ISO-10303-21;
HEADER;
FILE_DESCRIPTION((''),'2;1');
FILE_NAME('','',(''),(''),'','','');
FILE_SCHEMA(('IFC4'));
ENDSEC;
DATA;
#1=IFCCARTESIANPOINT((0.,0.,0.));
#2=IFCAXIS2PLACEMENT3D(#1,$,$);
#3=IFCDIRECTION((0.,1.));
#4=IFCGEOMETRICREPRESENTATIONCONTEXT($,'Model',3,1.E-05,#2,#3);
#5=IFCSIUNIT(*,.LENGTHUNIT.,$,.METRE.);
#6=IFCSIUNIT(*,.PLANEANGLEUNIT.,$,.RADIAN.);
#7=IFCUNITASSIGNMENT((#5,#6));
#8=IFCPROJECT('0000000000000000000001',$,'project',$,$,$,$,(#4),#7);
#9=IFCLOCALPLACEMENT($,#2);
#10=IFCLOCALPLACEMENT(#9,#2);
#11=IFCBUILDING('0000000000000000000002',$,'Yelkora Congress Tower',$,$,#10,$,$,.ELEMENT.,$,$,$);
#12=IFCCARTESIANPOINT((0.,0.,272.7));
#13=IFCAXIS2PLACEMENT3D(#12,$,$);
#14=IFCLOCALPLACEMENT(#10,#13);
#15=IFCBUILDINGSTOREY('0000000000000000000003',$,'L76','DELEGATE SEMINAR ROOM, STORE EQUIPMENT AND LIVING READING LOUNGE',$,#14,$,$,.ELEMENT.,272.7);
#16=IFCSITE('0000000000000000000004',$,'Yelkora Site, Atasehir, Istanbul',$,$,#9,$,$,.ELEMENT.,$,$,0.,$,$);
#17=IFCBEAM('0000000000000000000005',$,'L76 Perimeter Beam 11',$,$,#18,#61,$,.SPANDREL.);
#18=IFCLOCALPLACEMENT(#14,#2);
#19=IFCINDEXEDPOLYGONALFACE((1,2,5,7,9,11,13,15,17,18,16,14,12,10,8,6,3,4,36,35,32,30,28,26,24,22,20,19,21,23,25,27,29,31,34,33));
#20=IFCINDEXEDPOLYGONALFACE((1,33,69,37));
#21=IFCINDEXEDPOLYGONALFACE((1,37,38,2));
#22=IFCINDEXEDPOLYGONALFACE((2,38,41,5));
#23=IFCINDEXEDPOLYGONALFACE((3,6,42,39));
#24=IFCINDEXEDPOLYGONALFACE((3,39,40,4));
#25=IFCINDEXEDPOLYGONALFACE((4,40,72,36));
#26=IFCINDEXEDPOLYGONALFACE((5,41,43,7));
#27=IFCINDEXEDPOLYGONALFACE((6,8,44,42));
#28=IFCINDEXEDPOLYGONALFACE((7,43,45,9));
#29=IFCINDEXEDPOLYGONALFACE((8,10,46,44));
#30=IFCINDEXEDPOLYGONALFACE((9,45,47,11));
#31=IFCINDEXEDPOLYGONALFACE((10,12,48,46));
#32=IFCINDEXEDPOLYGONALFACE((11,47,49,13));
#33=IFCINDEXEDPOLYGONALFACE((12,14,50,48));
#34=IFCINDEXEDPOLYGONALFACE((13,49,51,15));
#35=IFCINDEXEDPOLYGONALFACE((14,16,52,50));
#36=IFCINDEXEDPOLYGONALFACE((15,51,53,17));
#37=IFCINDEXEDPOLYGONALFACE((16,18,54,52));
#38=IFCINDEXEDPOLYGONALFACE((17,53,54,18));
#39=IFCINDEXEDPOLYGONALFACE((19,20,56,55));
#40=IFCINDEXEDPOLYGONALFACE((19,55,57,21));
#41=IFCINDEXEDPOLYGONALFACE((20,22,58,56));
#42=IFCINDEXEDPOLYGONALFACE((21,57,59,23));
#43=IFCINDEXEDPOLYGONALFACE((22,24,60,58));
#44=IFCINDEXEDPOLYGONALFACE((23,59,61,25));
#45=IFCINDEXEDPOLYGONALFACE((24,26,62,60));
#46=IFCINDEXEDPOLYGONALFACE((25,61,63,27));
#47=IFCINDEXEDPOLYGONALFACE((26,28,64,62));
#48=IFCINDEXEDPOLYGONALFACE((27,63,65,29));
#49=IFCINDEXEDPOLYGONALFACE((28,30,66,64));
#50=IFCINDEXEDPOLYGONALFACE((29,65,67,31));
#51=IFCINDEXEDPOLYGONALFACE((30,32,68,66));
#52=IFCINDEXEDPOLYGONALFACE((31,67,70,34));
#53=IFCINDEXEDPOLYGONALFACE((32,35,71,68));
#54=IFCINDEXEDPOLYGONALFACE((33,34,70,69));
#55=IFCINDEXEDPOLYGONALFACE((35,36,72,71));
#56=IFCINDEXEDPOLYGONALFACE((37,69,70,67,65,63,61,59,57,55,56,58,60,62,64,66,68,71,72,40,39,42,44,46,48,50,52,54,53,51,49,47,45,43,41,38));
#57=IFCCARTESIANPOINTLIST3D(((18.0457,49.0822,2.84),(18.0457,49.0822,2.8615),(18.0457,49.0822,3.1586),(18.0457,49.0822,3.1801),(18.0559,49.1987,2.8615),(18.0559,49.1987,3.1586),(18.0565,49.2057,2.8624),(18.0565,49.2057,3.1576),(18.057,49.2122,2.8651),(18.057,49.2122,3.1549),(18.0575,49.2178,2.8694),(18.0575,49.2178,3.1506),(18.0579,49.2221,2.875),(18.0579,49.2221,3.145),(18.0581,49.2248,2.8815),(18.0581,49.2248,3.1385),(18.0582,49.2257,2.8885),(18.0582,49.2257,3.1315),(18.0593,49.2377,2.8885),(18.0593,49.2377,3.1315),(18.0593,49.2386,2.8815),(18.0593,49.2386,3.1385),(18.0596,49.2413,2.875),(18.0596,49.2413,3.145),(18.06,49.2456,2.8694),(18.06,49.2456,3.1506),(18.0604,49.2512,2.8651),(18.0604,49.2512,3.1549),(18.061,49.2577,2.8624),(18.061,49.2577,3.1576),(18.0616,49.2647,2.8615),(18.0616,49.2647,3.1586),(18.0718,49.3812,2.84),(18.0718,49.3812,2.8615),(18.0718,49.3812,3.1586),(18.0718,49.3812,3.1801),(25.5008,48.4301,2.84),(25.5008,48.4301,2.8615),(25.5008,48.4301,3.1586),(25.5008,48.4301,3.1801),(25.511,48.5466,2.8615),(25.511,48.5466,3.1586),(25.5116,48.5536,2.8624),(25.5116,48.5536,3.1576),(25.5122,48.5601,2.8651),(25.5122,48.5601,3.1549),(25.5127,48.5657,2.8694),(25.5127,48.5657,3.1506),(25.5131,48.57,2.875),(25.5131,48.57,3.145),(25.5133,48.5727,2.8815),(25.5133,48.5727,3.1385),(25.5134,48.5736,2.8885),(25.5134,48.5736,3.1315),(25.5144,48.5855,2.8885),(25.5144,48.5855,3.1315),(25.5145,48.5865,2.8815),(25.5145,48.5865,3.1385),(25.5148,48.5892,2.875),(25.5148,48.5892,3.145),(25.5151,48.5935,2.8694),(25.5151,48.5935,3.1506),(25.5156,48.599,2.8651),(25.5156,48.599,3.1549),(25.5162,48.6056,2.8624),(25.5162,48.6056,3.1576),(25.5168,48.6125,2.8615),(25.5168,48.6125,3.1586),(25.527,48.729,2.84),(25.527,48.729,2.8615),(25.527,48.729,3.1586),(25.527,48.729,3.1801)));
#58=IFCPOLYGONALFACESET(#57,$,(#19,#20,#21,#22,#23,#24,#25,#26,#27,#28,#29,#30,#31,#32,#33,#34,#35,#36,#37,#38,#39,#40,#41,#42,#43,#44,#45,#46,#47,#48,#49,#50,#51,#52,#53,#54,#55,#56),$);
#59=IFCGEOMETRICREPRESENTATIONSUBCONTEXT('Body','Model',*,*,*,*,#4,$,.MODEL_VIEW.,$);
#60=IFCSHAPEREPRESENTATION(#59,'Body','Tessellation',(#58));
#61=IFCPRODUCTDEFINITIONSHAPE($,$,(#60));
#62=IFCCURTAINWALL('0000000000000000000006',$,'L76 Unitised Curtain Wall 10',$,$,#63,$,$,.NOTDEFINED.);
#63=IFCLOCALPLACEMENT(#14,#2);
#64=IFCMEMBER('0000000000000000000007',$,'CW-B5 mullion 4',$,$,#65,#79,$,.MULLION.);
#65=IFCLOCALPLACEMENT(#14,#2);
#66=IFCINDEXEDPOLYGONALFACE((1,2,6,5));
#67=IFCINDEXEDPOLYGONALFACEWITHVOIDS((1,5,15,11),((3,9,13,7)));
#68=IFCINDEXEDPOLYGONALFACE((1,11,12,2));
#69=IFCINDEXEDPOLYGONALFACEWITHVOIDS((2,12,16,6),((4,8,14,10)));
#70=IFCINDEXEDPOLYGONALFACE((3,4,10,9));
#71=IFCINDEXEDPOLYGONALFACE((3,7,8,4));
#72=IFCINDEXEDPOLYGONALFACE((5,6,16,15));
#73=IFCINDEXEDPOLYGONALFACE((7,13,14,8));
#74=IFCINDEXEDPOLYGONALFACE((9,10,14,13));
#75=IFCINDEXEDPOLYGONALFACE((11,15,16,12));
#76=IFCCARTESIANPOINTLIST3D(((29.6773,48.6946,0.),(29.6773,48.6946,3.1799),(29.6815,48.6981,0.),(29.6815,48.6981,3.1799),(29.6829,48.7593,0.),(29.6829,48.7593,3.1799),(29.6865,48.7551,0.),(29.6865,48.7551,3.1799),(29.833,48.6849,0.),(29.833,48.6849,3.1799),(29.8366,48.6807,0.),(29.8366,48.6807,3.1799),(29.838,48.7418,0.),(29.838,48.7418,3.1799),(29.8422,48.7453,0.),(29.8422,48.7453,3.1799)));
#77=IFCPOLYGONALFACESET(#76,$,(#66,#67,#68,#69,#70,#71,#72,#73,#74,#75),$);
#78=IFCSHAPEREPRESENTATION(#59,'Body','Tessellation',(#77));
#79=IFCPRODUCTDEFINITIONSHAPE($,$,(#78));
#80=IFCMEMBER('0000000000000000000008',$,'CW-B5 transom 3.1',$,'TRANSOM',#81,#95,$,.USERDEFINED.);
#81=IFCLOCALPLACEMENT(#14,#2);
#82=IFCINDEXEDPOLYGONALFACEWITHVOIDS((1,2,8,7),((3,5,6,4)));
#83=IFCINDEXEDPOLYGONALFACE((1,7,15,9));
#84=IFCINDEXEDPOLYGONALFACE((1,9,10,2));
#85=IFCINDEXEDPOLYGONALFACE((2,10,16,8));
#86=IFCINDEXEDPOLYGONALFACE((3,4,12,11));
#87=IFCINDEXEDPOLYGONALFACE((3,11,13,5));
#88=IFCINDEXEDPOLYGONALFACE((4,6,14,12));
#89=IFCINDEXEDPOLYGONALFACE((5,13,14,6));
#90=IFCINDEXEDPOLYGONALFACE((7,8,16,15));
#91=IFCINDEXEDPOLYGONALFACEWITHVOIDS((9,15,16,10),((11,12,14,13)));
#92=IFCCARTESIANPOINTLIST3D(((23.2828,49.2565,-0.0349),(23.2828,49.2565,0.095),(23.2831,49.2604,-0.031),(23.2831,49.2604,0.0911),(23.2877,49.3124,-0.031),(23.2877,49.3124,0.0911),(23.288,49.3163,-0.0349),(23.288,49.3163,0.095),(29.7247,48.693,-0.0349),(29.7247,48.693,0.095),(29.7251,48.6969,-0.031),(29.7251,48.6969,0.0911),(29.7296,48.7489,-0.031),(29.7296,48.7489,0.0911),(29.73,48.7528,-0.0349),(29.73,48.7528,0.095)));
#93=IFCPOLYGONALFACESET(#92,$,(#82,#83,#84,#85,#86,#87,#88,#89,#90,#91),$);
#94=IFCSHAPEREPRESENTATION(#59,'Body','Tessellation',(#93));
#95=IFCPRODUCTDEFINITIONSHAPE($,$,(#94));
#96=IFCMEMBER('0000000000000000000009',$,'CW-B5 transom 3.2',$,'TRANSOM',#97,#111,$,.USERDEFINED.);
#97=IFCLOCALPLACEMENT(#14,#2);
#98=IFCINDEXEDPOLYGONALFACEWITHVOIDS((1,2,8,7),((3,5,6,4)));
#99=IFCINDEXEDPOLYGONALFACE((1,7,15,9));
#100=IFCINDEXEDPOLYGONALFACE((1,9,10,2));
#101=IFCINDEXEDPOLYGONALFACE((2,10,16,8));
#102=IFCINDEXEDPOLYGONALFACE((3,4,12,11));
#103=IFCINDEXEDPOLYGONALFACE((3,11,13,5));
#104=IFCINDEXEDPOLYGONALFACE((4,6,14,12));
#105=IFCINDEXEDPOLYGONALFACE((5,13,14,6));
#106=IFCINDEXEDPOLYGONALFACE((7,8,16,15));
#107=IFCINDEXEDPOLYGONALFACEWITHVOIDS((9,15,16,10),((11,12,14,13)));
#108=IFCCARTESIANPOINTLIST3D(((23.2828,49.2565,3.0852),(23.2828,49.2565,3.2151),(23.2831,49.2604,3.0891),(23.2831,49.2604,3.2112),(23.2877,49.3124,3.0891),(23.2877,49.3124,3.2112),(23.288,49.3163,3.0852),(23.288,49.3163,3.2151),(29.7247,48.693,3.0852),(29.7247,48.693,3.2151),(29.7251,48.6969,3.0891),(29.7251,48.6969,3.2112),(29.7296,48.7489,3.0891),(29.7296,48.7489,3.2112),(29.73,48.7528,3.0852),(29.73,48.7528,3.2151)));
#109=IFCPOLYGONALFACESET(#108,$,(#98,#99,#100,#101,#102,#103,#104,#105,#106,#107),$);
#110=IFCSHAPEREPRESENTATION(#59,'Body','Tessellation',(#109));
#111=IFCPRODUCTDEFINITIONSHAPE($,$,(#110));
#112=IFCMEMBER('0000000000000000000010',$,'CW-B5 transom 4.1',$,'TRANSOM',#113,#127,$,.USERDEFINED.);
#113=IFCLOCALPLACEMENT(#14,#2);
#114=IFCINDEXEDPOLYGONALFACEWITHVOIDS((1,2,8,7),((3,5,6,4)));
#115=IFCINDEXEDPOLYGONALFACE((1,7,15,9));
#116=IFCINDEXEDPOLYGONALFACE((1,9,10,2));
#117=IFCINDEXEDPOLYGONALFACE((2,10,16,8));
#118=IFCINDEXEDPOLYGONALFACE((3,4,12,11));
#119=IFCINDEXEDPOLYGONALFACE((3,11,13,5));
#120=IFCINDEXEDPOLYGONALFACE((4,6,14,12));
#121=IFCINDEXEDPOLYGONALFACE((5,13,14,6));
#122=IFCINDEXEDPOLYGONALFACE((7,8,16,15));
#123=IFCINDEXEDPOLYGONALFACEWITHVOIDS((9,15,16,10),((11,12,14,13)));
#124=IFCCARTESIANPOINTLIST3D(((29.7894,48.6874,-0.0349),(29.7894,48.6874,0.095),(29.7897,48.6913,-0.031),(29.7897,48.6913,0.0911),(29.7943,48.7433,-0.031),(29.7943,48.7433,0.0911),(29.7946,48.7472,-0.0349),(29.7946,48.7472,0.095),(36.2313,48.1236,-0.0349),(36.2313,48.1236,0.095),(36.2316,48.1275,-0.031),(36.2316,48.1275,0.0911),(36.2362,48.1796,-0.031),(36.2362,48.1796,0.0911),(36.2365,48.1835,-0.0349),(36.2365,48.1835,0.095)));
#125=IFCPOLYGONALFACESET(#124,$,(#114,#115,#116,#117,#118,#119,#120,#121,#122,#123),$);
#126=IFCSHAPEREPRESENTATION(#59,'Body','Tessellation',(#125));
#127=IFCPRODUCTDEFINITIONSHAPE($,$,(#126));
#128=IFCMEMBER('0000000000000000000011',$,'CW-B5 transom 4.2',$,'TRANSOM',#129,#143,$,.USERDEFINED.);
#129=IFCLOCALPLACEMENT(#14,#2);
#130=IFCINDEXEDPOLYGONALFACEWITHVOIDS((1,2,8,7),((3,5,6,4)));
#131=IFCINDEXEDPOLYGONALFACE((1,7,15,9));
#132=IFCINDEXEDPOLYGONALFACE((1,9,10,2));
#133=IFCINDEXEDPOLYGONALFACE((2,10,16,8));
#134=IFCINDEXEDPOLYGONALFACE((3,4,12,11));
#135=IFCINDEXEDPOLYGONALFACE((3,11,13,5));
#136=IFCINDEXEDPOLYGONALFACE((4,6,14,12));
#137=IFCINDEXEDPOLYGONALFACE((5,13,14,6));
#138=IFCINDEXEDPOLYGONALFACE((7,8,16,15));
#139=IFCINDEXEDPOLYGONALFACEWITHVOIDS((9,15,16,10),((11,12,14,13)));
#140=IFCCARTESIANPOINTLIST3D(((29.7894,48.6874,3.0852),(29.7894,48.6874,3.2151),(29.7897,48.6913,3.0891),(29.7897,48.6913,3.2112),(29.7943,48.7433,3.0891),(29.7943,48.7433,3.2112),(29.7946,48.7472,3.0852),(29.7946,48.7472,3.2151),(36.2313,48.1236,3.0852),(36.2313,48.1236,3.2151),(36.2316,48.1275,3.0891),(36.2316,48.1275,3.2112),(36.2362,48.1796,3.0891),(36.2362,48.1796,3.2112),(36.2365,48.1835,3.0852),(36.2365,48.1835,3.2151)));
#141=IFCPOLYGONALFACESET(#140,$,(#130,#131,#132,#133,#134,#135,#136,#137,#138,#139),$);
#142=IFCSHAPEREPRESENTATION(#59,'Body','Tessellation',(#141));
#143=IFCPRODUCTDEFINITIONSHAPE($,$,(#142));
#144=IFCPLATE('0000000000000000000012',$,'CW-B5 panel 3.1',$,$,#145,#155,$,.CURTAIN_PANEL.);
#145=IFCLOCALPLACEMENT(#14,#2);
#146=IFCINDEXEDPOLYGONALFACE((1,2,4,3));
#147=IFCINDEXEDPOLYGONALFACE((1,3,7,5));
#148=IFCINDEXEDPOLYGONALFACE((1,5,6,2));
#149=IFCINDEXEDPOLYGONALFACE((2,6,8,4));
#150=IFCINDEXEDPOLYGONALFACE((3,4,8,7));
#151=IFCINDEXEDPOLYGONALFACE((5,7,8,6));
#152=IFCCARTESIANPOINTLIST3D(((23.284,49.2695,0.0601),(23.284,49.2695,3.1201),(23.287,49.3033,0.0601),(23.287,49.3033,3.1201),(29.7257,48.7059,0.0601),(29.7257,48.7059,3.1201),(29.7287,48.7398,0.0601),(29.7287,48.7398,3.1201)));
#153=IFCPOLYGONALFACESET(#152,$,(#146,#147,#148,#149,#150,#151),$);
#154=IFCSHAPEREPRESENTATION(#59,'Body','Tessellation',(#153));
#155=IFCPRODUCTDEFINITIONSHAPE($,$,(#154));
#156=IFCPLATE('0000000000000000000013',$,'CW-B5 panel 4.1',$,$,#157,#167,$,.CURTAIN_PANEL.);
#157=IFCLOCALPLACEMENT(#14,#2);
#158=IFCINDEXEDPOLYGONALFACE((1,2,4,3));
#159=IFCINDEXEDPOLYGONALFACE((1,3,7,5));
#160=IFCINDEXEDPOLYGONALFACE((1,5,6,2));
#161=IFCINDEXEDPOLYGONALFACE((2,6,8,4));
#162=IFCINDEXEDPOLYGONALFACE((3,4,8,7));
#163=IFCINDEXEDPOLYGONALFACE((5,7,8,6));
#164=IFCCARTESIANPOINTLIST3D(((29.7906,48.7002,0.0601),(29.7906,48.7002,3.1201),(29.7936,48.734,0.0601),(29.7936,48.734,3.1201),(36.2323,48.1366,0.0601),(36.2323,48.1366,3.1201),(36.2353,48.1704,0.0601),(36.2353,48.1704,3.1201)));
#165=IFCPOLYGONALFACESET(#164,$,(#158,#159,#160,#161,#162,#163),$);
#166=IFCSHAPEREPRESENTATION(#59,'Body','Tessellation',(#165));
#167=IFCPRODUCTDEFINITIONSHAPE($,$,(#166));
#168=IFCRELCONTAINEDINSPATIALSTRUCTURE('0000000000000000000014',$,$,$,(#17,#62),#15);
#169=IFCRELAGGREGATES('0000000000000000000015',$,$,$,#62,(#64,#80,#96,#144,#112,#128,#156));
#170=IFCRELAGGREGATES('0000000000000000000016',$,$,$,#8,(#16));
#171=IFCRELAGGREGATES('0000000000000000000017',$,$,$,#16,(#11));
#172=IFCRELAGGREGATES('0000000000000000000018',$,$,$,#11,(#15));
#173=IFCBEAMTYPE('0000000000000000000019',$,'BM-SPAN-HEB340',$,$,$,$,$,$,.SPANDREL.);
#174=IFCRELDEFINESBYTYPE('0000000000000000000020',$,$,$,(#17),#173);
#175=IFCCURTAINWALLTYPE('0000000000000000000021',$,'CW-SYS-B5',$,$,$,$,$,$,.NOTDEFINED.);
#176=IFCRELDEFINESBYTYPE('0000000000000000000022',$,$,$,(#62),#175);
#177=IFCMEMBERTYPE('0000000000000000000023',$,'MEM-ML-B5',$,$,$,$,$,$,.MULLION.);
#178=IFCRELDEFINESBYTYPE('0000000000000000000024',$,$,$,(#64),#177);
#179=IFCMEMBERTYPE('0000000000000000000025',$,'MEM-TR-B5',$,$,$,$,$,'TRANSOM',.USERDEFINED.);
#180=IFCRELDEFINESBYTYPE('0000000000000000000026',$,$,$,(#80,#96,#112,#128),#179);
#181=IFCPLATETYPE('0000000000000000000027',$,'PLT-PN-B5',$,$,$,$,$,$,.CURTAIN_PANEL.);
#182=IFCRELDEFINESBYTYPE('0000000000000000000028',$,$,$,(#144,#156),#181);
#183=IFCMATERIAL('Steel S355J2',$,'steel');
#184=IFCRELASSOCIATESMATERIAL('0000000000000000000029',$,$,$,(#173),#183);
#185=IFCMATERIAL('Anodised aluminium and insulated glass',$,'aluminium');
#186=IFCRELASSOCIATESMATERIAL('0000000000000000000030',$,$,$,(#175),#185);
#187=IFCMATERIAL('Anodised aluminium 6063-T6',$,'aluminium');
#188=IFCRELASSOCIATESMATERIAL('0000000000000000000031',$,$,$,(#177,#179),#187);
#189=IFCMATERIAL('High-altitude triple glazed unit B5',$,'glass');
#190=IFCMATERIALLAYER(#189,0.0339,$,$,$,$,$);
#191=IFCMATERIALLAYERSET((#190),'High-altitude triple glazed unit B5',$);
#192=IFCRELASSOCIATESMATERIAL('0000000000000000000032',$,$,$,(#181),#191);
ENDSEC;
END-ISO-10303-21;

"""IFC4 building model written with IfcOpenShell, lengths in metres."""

from ifc_helpers import new_model, si_unit, direction, frame, origin, origin_2d, place, context, subcontext, project, spatial, rectangle, hollow_rectangle, i_section, extrude, material, layer, layer_set, material_profile, profile_set, type_object, element, aggregate, save


model = new_model("IFC4")

# Units and contexts
model_context = context("Model", 3, precision=1e-05, world=origin(), true_north=direction((0.0, 1.0)))
body_context = subcontext(model_context, "Body", "Model", "MODEL_VIEW")
ifc_project = project(units=[si_unit("LENGTHUNIT", "METRE"), si_unit("PLANEANGLEUNIT", "RADIAN")], contexts=[model_context])

# Site, building, storey
site_placement = place(None, origin())
site = spatial("IfcSite", under=ifc_project, at=site_placement, Name="Yelkora Site, Atasehir, Istanbul", CompositionType="ELEMENT", RefElevation=0.0)
building_placement = place(site_placement, origin())
building = spatial("IfcBuilding", under=site, at=building_placement, Name="Yelkora Congress Tower", CompositionType="ELEMENT")
storey_placement = place(building_placement, frame((0.0, 0.0, 272.7)))
storey = spatial("IfcBuildingStorey", under=building, at=storey_placement, Name="L76", Description="DELEGATE SEMINAR ROOM, STORE EQUIPMENT AND LIVING READING LOUNGE", CompositionType="ELEMENT", Elevation=272.7)

# Shared definitions
ifc_material_1 = material(Name="Steel S355J2", Category="steel")

# Beam
ifc_material_profile_1 = material_profile(ifc_material_1, i_section(OverallWidth=0.3, OverallDepth=0.3401, WebThickness=0.012, FlangeThickness=0.0215, FilletRadius=0.0271, at=origin_2d()), Name="HEB 340")
ifc_profile_set_1 = profile_set([ifc_material_profile_1], Name="Steel S355J2")
beam_type_1 = type_object("IfcBeamType", Name="BM-SPAN-HEB340", PredefinedType="SPANDREL", material=ifc_profile_set_1)
beam_1_placement = place(storey_placement, frame((25.5139, 48.5796, 3.01), z_axis=(-0.996196, 0.087138, 0.0), x_axis=(-0.087138, -0.996196, 0.0)))
element("IfcBeam", 1, at=beam_1_placement, inside=storey, type_object=beam_type_1, Name="L76 Perimeter Beam 11", PredefinedType="SPANDREL", context=body_context, shape_type="SweptSolid", body=[
    extrude(i_section(OverallWidth=0.3, OverallDepth=0.3401, WebThickness=0.012, FlangeThickness=0.0215, FilletRadius=0.0271, at=origin_2d()), origin(), (0.0, 0.0, 1.0), 7.4836),
])

# Curtain wall, members, plates
ifc_material_2 = material(Name="Anodised aluminium and insulated glass", Category="aluminium")
curtain_wall_type = type_object("IfcCurtainWallType", Name="CW-SYS-B5", PredefinedType="NOTDEFINED", material=ifc_material_2)
curtain_wall_placement = place(storey_placement, origin())
curtain_wall = element("IfcCurtainWall", 2, at=curtain_wall_placement, inside=storey, type_object=curtain_wall_type, Name="L76 Unitised Curtain Wall 10", PredefinedType="NOTDEFINED")
ifc_material_3 = material(Name="Anodised aluminium 6063-T6", Category="aluminium")
ifc_material_profile_2 = material_profile(ifc_material_3, hollow_rectangle(XDim=0.0649, YDim=0.1599, WallThickness=0.0039, at=origin_2d()), Name="ALU 65x160x4")
ifc_profile_set_2 = profile_set([ifc_material_profile_2], Name="Anodised aluminium 6063-T6")
member_type_1 = type_object("IfcMemberType", Name="MEM-ML-B5", PredefinedType="MULLION", material=ifc_profile_set_2)
member_1_placement = place(storey_placement, frame((29.7598, 48.72, 0.0), z_axis=(0.0, 0.0, 1.0), x_axis=(0.087157, 0.996195, 0.0)))
member_1 = element("IfcMember", 3, at=member_1_placement, type_object=member_type_1, Name="CW-B5 mullion 4", PredefinedType="MULLION", context=body_context, shape_type="SweptSolid", body=[
    extrude(hollow_rectangle(XDim=0.0649, YDim=0.1599, WallThickness=0.0039, at=origin_2d()), origin(), (0.0, 0.0, 1.0), 3.1799),
])
ifc_material_profile_3 = material_profile(ifc_material_3, hollow_rectangle(XDim=0.0601, YDim=0.1299, WallThickness=0.0039, at=origin_2d()), Name="ALU 60x130x4")
ifc_profile_set_3 = profile_set([ifc_material_profile_3], Name="Anodised aluminium 6063-T6")
member_type_2 = type_object("IfcMemberType", Name="MEM-TR-B5", ElementType="TRANSOM", PredefinedType="USERDEFINED", material=ifc_profile_set_3)
member_2_placement = place(storey_placement, frame((23.2854, 49.2864, 0.03), z_axis=(0.996196, -0.087138, 0.0), x_axis=(0.087138, 0.996196, 0.0)))
member_2 = element("IfcMember", 4, at=member_2_placement, type_object=member_type_2, Name="CW-B5 transom 3.1", ObjectType="TRANSOM", PredefinedType="USERDEFINED", context=body_context, shape_type="SweptSolid", body=[
    extrude(hollow_rectangle(XDim=0.0601, YDim=0.1299, WallThickness=0.0039, at=origin_2d()), origin(), (0.0, 0.0, 1.0), 6.4666),
])
member_3_placement = place(storey_placement, frame((23.2854, 49.2864, 3.1501), z_axis=(0.996196, -0.087138, 0.0), x_axis=(0.087138, 0.996196, 0.0)))
member_3 = element("IfcMember", 5, at=member_3_placement, type_object=member_type_2, Name="CW-B5 transom 3.2", ObjectType="TRANSOM", PredefinedType="USERDEFINED", context=body_context, shape_type="SweptSolid", body=[
    extrude(hollow_rectangle(XDim=0.0601, YDim=0.1299, WallThickness=0.0039, at=origin_2d()), origin(), (0.0, 0.0, 1.0), 6.4666),
])
member_4_placement = place(storey_placement, frame((29.792, 48.7173, 0.03), z_axis=(0.996193, -0.087175, 0.0), x_axis=(0.087175, 0.996193, 0.0)))
member_4 = element("IfcMember", 6, at=member_4_placement, type_object=member_type_2, Name="CW-B5 transom 4.1", ObjectType="TRANSOM", PredefinedType="USERDEFINED", context=body_context, shape_type="SweptSolid", body=[
    extrude(hollow_rectangle(XDim=0.0601, YDim=0.1299, WallThickness=0.0039, at=origin_2d()), origin(), (0.0, 0.0, 1.0), 6.4666),
])
member_5_placement = place(storey_placement, frame((29.792, 48.7173, 3.1501), z_axis=(0.996193, -0.087175, 0.0), x_axis=(0.087175, 0.996193, 0.0)))
member_5 = element("IfcMember", 7, at=member_5_placement, type_object=member_type_2, Name="CW-B5 transom 4.2", ObjectType="TRANSOM", PredefinedType="USERDEFINED", context=body_context, shape_type="SweptSolid", body=[
    extrude(hollow_rectangle(XDim=0.0601, YDim=0.1299, WallThickness=0.0039, at=origin_2d()), origin(), (0.0, 0.0, 1.0), 6.4666),
])
ifc_material_4 = material(Name="High-altitude triple glazed unit B5", Category="glass")
ifc_layer_1 = layer(ifc_material_4, 0.0339)
ifc_layer_set_1 = layer_set([ifc_layer_1], Name="High-altitude triple glazed unit B5")
plate_type = type_object("IfcPlateType", Name="PLT-PN-B5", PredefinedType="CURTAIN_PANEL", material=ifc_layer_set_1)
plate_1_placement = place(storey_placement, frame((26.5063, 49.0046, 0.0601), z_axis=(0.0, 0.0, 1.0), x_axis=(0.996195, -0.087157, 0.0)))
plate_1 = element("IfcPlate", 8, at=plate_1_placement, type_object=plate_type, Name="CW-B5 panel 3.1", PredefinedType="CURTAIN_PANEL", context=body_context, shape_type="SweptSolid", body=[
    extrude(rectangle(XDim=6.4663, YDim=0.0339, at=origin_2d()), origin(), (0.0, 0.0, 1.0), 3.0601),
])
plate_2_placement = place(storey_placement, frame((33.0129, 48.4353, 0.0601), z_axis=(0.0, 0.0, 1.0), x_axis=(0.996195, -0.087157, 0.0)))
plate_2 = element("IfcPlate", 9, at=plate_2_placement, type_object=plate_type, Name="CW-B5 panel 4.1", PredefinedType="CURTAIN_PANEL", context=body_context, shape_type="SweptSolid", body=[
    extrude(rectangle(XDim=6.4663, YDim=0.0339, at=origin_2d()), origin(), (0.0, 0.0, 1.0), 3.0601),
])
aggregate(curtain_wall, [member_1, member_2, member_3, plate_1, member_4, member_5, plate_2])

save(model, "model.ifc")
